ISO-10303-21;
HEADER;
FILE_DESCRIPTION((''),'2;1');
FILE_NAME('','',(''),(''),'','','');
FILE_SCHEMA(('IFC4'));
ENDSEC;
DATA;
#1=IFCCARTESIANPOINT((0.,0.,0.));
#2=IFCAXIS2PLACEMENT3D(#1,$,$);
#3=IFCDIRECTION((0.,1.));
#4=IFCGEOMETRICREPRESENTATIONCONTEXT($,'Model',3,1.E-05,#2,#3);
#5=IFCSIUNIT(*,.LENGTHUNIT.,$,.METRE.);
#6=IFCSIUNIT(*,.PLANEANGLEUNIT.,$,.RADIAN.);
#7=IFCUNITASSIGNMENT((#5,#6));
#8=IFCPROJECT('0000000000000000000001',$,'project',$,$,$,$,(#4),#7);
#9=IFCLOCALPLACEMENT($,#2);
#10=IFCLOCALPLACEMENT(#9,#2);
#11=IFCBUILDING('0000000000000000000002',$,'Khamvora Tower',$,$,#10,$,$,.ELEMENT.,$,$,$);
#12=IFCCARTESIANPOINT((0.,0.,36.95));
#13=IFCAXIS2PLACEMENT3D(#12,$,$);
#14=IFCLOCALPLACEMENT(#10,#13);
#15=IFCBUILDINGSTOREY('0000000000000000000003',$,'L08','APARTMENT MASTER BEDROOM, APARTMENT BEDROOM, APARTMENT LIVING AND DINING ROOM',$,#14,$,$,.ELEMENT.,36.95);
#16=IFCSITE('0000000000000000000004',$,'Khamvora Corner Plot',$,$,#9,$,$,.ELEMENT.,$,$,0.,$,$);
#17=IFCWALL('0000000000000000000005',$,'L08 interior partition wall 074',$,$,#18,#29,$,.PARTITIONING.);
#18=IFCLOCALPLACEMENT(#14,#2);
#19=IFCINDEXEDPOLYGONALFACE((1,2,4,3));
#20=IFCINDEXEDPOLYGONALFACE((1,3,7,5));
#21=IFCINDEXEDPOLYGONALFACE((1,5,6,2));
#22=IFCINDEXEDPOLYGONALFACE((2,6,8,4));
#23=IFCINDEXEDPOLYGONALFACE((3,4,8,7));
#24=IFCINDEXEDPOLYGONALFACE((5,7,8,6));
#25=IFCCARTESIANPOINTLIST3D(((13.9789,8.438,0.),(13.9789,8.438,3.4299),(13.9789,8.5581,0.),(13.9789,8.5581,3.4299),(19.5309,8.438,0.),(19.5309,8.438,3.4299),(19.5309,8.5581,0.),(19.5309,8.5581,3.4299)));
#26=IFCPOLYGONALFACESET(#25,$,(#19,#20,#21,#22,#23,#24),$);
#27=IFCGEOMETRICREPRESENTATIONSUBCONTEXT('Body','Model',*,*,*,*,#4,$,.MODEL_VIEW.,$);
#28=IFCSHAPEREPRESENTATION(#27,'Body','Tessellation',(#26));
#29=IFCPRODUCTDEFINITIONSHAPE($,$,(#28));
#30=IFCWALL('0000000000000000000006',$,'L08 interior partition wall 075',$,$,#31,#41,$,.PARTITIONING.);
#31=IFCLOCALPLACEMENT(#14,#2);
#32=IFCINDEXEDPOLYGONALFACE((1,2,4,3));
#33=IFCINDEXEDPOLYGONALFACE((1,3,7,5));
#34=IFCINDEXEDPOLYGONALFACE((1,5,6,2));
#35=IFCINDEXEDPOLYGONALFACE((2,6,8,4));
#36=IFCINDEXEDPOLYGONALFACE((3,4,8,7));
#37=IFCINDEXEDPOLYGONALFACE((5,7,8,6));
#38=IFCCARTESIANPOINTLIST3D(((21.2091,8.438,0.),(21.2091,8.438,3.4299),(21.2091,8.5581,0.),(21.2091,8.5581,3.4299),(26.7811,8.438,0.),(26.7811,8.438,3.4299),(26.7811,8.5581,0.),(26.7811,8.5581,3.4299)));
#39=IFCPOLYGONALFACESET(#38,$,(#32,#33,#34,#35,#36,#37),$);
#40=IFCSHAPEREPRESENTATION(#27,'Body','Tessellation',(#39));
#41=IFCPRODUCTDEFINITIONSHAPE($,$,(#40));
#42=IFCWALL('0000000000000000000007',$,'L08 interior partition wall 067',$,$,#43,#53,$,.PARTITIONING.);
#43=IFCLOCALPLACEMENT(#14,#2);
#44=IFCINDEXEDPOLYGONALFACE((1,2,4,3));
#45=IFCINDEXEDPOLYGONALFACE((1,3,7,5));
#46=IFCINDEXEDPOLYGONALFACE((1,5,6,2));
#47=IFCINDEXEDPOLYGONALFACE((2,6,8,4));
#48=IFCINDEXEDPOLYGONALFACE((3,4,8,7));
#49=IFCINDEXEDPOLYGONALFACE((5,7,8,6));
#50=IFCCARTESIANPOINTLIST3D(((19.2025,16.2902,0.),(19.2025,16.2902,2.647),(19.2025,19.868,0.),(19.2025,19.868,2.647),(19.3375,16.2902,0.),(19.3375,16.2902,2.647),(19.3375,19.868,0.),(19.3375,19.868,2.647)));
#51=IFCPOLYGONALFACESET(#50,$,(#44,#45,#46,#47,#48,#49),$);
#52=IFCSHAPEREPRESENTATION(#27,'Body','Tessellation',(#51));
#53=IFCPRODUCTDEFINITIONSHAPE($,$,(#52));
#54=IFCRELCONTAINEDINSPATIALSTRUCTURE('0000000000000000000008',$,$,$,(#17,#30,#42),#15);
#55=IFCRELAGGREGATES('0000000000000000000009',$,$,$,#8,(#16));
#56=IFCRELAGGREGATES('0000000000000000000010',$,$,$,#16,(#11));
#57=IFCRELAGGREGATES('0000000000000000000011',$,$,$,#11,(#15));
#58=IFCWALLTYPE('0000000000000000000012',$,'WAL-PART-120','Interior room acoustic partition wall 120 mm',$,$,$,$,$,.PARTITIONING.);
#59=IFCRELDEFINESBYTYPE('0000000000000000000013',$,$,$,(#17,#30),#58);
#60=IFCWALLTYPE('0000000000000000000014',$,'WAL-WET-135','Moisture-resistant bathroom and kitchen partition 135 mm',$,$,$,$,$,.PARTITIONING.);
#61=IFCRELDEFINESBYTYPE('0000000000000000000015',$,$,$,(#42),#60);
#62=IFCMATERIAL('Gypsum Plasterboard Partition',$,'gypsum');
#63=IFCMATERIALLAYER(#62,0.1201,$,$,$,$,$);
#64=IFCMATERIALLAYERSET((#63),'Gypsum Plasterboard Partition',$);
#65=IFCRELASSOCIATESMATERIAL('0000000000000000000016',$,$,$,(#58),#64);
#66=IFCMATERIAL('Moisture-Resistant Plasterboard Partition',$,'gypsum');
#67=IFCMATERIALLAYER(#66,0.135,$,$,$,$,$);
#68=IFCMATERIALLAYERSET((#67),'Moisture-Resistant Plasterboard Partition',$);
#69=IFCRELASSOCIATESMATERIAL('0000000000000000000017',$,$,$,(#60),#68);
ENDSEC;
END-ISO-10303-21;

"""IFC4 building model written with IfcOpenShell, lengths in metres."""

from ifc_helpers import new_model, si_unit, direction, frame, frame_2d, origin, place, context, subcontext, project, spatial, rectangle, extrude, material, layer, layer_set, type_object, element, save


model = new_model("IFC4")

# Units and contexts
model_context = context("Model", 3, precision=1e-05, world=origin(), true_north=direction((0.0, 1.0)))
body_context = subcontext(model_context, "Body", "Model", "MODEL_VIEW")
ifc_project = project(units=[si_unit("LENGTHUNIT", "METRE"), si_unit("PLANEANGLEUNIT", "RADIAN")], contexts=[model_context])

# Site, building, storey
site_placement = place(None, origin())
site = spatial("IfcSite", under=ifc_project, at=site_placement, Name="Khamvora Corner Plot", CompositionType="ELEMENT", RefElevation=0.0)
building_placement = place(site_placement, origin())
building = spatial("IfcBuilding", under=site, at=building_placement, Name="Khamvora Tower", CompositionType="ELEMENT")
storey_placement = place(building_placement, frame((0.0, 0.0, 36.95)))
storey = spatial("IfcBuildingStorey", under=building, at=storey_placement, Name="L08", Description="APARTMENT MASTER BEDROOM, APARTMENT BEDROOM, APARTMENT LIVING AND DINING ROOM", CompositionType="ELEMENT", Elevation=36.95)

# Shared definitions
ifc_material_1 = material(Name="Gypsum Plasterboard Partition", Category="gypsum")
ifc_layer_1 = layer(ifc_material_1, 0.1201)
ifc_layer_set_1 = layer_set([ifc_layer_1], Name="Gypsum Plasterboard Partition")
wall_type_1 = type_object("IfcWallType", Name="WAL-PART-120", Description="Interior room acoustic partition wall 120 mm", PredefinedType="PARTITIONING", material=ifc_layer_set_1)

# Walls
wall_1_placement = place(storey_placement, frame((13.979, 8.498, 0.0), z_axis=(0.0, 0.0, 1.0), x_axis=(1.0, 0.0, 0.0)))
element("IfcWall", 1, at=wall_1_placement, inside=storey, type_object=wall_type_1, Name="L08 interior partition wall 074", PredefinedType="PARTITIONING", context=body_context, shape_type="SweptSolid", body=[
    extrude(rectangle(XDim=5.552, YDim=0.1201, at=frame_2d((2.7759, 0.0))), origin(), (0.0, 0.0, 1.0), 3.4299),
])
wall_2_placement = place(storey_placement, frame((21.209, 8.498, 0.0), z_axis=(0.0, 0.0, 1.0), x_axis=(1.0, 0.0, 0.0)))
element("IfcWall", 2, at=wall_2_placement, inside=storey, type_object=wall_type_1, Name="L08 interior partition wall 075", PredefinedType="PARTITIONING", context=body_context, shape_type="SweptSolid", body=[
    extrude(rectangle(XDim=5.572, YDim=0.1201, at=frame_2d((2.7861, 0.0))), origin(), (0.0, 0.0, 1.0), 3.4299),
])
ifc_material_2 = material(Name="Moisture-Resistant Plasterboard Partition", Category="gypsum")
ifc_layer_2 = layer(ifc_material_2, 0.135)
ifc_layer_set_2 = layer_set([ifc_layer_2], Name="Moisture-Resistant Plasterboard Partition")
wall_type_2 = type_object("IfcWallType", Name="WAL-WET-135", Description="Moisture-resistant bathroom and kitchen partition 135 mm", PredefinedType="PARTITIONING", material=ifc_layer_set_2)
wall_3_placement = place(storey_placement, frame((19.27, 16.29, 0.0), z_axis=(0.0, 0.0, 1.0), x_axis=(0.0, 1.0, 0.0)))
element("IfcWall", 3, at=wall_3_placement, inside=storey, type_object=wall_type_2, Name="L08 interior partition wall 067", PredefinedType="PARTITIONING", context=body_context, shape_type="SweptSolid", body=[
    extrude(rectangle(XDim=3.5779, YDim=0.135, at=frame_2d((1.7891, 0.0))), origin(), (0.0, 0.0, 1.0), 2.647),
])

save(model, "model.ifc")
